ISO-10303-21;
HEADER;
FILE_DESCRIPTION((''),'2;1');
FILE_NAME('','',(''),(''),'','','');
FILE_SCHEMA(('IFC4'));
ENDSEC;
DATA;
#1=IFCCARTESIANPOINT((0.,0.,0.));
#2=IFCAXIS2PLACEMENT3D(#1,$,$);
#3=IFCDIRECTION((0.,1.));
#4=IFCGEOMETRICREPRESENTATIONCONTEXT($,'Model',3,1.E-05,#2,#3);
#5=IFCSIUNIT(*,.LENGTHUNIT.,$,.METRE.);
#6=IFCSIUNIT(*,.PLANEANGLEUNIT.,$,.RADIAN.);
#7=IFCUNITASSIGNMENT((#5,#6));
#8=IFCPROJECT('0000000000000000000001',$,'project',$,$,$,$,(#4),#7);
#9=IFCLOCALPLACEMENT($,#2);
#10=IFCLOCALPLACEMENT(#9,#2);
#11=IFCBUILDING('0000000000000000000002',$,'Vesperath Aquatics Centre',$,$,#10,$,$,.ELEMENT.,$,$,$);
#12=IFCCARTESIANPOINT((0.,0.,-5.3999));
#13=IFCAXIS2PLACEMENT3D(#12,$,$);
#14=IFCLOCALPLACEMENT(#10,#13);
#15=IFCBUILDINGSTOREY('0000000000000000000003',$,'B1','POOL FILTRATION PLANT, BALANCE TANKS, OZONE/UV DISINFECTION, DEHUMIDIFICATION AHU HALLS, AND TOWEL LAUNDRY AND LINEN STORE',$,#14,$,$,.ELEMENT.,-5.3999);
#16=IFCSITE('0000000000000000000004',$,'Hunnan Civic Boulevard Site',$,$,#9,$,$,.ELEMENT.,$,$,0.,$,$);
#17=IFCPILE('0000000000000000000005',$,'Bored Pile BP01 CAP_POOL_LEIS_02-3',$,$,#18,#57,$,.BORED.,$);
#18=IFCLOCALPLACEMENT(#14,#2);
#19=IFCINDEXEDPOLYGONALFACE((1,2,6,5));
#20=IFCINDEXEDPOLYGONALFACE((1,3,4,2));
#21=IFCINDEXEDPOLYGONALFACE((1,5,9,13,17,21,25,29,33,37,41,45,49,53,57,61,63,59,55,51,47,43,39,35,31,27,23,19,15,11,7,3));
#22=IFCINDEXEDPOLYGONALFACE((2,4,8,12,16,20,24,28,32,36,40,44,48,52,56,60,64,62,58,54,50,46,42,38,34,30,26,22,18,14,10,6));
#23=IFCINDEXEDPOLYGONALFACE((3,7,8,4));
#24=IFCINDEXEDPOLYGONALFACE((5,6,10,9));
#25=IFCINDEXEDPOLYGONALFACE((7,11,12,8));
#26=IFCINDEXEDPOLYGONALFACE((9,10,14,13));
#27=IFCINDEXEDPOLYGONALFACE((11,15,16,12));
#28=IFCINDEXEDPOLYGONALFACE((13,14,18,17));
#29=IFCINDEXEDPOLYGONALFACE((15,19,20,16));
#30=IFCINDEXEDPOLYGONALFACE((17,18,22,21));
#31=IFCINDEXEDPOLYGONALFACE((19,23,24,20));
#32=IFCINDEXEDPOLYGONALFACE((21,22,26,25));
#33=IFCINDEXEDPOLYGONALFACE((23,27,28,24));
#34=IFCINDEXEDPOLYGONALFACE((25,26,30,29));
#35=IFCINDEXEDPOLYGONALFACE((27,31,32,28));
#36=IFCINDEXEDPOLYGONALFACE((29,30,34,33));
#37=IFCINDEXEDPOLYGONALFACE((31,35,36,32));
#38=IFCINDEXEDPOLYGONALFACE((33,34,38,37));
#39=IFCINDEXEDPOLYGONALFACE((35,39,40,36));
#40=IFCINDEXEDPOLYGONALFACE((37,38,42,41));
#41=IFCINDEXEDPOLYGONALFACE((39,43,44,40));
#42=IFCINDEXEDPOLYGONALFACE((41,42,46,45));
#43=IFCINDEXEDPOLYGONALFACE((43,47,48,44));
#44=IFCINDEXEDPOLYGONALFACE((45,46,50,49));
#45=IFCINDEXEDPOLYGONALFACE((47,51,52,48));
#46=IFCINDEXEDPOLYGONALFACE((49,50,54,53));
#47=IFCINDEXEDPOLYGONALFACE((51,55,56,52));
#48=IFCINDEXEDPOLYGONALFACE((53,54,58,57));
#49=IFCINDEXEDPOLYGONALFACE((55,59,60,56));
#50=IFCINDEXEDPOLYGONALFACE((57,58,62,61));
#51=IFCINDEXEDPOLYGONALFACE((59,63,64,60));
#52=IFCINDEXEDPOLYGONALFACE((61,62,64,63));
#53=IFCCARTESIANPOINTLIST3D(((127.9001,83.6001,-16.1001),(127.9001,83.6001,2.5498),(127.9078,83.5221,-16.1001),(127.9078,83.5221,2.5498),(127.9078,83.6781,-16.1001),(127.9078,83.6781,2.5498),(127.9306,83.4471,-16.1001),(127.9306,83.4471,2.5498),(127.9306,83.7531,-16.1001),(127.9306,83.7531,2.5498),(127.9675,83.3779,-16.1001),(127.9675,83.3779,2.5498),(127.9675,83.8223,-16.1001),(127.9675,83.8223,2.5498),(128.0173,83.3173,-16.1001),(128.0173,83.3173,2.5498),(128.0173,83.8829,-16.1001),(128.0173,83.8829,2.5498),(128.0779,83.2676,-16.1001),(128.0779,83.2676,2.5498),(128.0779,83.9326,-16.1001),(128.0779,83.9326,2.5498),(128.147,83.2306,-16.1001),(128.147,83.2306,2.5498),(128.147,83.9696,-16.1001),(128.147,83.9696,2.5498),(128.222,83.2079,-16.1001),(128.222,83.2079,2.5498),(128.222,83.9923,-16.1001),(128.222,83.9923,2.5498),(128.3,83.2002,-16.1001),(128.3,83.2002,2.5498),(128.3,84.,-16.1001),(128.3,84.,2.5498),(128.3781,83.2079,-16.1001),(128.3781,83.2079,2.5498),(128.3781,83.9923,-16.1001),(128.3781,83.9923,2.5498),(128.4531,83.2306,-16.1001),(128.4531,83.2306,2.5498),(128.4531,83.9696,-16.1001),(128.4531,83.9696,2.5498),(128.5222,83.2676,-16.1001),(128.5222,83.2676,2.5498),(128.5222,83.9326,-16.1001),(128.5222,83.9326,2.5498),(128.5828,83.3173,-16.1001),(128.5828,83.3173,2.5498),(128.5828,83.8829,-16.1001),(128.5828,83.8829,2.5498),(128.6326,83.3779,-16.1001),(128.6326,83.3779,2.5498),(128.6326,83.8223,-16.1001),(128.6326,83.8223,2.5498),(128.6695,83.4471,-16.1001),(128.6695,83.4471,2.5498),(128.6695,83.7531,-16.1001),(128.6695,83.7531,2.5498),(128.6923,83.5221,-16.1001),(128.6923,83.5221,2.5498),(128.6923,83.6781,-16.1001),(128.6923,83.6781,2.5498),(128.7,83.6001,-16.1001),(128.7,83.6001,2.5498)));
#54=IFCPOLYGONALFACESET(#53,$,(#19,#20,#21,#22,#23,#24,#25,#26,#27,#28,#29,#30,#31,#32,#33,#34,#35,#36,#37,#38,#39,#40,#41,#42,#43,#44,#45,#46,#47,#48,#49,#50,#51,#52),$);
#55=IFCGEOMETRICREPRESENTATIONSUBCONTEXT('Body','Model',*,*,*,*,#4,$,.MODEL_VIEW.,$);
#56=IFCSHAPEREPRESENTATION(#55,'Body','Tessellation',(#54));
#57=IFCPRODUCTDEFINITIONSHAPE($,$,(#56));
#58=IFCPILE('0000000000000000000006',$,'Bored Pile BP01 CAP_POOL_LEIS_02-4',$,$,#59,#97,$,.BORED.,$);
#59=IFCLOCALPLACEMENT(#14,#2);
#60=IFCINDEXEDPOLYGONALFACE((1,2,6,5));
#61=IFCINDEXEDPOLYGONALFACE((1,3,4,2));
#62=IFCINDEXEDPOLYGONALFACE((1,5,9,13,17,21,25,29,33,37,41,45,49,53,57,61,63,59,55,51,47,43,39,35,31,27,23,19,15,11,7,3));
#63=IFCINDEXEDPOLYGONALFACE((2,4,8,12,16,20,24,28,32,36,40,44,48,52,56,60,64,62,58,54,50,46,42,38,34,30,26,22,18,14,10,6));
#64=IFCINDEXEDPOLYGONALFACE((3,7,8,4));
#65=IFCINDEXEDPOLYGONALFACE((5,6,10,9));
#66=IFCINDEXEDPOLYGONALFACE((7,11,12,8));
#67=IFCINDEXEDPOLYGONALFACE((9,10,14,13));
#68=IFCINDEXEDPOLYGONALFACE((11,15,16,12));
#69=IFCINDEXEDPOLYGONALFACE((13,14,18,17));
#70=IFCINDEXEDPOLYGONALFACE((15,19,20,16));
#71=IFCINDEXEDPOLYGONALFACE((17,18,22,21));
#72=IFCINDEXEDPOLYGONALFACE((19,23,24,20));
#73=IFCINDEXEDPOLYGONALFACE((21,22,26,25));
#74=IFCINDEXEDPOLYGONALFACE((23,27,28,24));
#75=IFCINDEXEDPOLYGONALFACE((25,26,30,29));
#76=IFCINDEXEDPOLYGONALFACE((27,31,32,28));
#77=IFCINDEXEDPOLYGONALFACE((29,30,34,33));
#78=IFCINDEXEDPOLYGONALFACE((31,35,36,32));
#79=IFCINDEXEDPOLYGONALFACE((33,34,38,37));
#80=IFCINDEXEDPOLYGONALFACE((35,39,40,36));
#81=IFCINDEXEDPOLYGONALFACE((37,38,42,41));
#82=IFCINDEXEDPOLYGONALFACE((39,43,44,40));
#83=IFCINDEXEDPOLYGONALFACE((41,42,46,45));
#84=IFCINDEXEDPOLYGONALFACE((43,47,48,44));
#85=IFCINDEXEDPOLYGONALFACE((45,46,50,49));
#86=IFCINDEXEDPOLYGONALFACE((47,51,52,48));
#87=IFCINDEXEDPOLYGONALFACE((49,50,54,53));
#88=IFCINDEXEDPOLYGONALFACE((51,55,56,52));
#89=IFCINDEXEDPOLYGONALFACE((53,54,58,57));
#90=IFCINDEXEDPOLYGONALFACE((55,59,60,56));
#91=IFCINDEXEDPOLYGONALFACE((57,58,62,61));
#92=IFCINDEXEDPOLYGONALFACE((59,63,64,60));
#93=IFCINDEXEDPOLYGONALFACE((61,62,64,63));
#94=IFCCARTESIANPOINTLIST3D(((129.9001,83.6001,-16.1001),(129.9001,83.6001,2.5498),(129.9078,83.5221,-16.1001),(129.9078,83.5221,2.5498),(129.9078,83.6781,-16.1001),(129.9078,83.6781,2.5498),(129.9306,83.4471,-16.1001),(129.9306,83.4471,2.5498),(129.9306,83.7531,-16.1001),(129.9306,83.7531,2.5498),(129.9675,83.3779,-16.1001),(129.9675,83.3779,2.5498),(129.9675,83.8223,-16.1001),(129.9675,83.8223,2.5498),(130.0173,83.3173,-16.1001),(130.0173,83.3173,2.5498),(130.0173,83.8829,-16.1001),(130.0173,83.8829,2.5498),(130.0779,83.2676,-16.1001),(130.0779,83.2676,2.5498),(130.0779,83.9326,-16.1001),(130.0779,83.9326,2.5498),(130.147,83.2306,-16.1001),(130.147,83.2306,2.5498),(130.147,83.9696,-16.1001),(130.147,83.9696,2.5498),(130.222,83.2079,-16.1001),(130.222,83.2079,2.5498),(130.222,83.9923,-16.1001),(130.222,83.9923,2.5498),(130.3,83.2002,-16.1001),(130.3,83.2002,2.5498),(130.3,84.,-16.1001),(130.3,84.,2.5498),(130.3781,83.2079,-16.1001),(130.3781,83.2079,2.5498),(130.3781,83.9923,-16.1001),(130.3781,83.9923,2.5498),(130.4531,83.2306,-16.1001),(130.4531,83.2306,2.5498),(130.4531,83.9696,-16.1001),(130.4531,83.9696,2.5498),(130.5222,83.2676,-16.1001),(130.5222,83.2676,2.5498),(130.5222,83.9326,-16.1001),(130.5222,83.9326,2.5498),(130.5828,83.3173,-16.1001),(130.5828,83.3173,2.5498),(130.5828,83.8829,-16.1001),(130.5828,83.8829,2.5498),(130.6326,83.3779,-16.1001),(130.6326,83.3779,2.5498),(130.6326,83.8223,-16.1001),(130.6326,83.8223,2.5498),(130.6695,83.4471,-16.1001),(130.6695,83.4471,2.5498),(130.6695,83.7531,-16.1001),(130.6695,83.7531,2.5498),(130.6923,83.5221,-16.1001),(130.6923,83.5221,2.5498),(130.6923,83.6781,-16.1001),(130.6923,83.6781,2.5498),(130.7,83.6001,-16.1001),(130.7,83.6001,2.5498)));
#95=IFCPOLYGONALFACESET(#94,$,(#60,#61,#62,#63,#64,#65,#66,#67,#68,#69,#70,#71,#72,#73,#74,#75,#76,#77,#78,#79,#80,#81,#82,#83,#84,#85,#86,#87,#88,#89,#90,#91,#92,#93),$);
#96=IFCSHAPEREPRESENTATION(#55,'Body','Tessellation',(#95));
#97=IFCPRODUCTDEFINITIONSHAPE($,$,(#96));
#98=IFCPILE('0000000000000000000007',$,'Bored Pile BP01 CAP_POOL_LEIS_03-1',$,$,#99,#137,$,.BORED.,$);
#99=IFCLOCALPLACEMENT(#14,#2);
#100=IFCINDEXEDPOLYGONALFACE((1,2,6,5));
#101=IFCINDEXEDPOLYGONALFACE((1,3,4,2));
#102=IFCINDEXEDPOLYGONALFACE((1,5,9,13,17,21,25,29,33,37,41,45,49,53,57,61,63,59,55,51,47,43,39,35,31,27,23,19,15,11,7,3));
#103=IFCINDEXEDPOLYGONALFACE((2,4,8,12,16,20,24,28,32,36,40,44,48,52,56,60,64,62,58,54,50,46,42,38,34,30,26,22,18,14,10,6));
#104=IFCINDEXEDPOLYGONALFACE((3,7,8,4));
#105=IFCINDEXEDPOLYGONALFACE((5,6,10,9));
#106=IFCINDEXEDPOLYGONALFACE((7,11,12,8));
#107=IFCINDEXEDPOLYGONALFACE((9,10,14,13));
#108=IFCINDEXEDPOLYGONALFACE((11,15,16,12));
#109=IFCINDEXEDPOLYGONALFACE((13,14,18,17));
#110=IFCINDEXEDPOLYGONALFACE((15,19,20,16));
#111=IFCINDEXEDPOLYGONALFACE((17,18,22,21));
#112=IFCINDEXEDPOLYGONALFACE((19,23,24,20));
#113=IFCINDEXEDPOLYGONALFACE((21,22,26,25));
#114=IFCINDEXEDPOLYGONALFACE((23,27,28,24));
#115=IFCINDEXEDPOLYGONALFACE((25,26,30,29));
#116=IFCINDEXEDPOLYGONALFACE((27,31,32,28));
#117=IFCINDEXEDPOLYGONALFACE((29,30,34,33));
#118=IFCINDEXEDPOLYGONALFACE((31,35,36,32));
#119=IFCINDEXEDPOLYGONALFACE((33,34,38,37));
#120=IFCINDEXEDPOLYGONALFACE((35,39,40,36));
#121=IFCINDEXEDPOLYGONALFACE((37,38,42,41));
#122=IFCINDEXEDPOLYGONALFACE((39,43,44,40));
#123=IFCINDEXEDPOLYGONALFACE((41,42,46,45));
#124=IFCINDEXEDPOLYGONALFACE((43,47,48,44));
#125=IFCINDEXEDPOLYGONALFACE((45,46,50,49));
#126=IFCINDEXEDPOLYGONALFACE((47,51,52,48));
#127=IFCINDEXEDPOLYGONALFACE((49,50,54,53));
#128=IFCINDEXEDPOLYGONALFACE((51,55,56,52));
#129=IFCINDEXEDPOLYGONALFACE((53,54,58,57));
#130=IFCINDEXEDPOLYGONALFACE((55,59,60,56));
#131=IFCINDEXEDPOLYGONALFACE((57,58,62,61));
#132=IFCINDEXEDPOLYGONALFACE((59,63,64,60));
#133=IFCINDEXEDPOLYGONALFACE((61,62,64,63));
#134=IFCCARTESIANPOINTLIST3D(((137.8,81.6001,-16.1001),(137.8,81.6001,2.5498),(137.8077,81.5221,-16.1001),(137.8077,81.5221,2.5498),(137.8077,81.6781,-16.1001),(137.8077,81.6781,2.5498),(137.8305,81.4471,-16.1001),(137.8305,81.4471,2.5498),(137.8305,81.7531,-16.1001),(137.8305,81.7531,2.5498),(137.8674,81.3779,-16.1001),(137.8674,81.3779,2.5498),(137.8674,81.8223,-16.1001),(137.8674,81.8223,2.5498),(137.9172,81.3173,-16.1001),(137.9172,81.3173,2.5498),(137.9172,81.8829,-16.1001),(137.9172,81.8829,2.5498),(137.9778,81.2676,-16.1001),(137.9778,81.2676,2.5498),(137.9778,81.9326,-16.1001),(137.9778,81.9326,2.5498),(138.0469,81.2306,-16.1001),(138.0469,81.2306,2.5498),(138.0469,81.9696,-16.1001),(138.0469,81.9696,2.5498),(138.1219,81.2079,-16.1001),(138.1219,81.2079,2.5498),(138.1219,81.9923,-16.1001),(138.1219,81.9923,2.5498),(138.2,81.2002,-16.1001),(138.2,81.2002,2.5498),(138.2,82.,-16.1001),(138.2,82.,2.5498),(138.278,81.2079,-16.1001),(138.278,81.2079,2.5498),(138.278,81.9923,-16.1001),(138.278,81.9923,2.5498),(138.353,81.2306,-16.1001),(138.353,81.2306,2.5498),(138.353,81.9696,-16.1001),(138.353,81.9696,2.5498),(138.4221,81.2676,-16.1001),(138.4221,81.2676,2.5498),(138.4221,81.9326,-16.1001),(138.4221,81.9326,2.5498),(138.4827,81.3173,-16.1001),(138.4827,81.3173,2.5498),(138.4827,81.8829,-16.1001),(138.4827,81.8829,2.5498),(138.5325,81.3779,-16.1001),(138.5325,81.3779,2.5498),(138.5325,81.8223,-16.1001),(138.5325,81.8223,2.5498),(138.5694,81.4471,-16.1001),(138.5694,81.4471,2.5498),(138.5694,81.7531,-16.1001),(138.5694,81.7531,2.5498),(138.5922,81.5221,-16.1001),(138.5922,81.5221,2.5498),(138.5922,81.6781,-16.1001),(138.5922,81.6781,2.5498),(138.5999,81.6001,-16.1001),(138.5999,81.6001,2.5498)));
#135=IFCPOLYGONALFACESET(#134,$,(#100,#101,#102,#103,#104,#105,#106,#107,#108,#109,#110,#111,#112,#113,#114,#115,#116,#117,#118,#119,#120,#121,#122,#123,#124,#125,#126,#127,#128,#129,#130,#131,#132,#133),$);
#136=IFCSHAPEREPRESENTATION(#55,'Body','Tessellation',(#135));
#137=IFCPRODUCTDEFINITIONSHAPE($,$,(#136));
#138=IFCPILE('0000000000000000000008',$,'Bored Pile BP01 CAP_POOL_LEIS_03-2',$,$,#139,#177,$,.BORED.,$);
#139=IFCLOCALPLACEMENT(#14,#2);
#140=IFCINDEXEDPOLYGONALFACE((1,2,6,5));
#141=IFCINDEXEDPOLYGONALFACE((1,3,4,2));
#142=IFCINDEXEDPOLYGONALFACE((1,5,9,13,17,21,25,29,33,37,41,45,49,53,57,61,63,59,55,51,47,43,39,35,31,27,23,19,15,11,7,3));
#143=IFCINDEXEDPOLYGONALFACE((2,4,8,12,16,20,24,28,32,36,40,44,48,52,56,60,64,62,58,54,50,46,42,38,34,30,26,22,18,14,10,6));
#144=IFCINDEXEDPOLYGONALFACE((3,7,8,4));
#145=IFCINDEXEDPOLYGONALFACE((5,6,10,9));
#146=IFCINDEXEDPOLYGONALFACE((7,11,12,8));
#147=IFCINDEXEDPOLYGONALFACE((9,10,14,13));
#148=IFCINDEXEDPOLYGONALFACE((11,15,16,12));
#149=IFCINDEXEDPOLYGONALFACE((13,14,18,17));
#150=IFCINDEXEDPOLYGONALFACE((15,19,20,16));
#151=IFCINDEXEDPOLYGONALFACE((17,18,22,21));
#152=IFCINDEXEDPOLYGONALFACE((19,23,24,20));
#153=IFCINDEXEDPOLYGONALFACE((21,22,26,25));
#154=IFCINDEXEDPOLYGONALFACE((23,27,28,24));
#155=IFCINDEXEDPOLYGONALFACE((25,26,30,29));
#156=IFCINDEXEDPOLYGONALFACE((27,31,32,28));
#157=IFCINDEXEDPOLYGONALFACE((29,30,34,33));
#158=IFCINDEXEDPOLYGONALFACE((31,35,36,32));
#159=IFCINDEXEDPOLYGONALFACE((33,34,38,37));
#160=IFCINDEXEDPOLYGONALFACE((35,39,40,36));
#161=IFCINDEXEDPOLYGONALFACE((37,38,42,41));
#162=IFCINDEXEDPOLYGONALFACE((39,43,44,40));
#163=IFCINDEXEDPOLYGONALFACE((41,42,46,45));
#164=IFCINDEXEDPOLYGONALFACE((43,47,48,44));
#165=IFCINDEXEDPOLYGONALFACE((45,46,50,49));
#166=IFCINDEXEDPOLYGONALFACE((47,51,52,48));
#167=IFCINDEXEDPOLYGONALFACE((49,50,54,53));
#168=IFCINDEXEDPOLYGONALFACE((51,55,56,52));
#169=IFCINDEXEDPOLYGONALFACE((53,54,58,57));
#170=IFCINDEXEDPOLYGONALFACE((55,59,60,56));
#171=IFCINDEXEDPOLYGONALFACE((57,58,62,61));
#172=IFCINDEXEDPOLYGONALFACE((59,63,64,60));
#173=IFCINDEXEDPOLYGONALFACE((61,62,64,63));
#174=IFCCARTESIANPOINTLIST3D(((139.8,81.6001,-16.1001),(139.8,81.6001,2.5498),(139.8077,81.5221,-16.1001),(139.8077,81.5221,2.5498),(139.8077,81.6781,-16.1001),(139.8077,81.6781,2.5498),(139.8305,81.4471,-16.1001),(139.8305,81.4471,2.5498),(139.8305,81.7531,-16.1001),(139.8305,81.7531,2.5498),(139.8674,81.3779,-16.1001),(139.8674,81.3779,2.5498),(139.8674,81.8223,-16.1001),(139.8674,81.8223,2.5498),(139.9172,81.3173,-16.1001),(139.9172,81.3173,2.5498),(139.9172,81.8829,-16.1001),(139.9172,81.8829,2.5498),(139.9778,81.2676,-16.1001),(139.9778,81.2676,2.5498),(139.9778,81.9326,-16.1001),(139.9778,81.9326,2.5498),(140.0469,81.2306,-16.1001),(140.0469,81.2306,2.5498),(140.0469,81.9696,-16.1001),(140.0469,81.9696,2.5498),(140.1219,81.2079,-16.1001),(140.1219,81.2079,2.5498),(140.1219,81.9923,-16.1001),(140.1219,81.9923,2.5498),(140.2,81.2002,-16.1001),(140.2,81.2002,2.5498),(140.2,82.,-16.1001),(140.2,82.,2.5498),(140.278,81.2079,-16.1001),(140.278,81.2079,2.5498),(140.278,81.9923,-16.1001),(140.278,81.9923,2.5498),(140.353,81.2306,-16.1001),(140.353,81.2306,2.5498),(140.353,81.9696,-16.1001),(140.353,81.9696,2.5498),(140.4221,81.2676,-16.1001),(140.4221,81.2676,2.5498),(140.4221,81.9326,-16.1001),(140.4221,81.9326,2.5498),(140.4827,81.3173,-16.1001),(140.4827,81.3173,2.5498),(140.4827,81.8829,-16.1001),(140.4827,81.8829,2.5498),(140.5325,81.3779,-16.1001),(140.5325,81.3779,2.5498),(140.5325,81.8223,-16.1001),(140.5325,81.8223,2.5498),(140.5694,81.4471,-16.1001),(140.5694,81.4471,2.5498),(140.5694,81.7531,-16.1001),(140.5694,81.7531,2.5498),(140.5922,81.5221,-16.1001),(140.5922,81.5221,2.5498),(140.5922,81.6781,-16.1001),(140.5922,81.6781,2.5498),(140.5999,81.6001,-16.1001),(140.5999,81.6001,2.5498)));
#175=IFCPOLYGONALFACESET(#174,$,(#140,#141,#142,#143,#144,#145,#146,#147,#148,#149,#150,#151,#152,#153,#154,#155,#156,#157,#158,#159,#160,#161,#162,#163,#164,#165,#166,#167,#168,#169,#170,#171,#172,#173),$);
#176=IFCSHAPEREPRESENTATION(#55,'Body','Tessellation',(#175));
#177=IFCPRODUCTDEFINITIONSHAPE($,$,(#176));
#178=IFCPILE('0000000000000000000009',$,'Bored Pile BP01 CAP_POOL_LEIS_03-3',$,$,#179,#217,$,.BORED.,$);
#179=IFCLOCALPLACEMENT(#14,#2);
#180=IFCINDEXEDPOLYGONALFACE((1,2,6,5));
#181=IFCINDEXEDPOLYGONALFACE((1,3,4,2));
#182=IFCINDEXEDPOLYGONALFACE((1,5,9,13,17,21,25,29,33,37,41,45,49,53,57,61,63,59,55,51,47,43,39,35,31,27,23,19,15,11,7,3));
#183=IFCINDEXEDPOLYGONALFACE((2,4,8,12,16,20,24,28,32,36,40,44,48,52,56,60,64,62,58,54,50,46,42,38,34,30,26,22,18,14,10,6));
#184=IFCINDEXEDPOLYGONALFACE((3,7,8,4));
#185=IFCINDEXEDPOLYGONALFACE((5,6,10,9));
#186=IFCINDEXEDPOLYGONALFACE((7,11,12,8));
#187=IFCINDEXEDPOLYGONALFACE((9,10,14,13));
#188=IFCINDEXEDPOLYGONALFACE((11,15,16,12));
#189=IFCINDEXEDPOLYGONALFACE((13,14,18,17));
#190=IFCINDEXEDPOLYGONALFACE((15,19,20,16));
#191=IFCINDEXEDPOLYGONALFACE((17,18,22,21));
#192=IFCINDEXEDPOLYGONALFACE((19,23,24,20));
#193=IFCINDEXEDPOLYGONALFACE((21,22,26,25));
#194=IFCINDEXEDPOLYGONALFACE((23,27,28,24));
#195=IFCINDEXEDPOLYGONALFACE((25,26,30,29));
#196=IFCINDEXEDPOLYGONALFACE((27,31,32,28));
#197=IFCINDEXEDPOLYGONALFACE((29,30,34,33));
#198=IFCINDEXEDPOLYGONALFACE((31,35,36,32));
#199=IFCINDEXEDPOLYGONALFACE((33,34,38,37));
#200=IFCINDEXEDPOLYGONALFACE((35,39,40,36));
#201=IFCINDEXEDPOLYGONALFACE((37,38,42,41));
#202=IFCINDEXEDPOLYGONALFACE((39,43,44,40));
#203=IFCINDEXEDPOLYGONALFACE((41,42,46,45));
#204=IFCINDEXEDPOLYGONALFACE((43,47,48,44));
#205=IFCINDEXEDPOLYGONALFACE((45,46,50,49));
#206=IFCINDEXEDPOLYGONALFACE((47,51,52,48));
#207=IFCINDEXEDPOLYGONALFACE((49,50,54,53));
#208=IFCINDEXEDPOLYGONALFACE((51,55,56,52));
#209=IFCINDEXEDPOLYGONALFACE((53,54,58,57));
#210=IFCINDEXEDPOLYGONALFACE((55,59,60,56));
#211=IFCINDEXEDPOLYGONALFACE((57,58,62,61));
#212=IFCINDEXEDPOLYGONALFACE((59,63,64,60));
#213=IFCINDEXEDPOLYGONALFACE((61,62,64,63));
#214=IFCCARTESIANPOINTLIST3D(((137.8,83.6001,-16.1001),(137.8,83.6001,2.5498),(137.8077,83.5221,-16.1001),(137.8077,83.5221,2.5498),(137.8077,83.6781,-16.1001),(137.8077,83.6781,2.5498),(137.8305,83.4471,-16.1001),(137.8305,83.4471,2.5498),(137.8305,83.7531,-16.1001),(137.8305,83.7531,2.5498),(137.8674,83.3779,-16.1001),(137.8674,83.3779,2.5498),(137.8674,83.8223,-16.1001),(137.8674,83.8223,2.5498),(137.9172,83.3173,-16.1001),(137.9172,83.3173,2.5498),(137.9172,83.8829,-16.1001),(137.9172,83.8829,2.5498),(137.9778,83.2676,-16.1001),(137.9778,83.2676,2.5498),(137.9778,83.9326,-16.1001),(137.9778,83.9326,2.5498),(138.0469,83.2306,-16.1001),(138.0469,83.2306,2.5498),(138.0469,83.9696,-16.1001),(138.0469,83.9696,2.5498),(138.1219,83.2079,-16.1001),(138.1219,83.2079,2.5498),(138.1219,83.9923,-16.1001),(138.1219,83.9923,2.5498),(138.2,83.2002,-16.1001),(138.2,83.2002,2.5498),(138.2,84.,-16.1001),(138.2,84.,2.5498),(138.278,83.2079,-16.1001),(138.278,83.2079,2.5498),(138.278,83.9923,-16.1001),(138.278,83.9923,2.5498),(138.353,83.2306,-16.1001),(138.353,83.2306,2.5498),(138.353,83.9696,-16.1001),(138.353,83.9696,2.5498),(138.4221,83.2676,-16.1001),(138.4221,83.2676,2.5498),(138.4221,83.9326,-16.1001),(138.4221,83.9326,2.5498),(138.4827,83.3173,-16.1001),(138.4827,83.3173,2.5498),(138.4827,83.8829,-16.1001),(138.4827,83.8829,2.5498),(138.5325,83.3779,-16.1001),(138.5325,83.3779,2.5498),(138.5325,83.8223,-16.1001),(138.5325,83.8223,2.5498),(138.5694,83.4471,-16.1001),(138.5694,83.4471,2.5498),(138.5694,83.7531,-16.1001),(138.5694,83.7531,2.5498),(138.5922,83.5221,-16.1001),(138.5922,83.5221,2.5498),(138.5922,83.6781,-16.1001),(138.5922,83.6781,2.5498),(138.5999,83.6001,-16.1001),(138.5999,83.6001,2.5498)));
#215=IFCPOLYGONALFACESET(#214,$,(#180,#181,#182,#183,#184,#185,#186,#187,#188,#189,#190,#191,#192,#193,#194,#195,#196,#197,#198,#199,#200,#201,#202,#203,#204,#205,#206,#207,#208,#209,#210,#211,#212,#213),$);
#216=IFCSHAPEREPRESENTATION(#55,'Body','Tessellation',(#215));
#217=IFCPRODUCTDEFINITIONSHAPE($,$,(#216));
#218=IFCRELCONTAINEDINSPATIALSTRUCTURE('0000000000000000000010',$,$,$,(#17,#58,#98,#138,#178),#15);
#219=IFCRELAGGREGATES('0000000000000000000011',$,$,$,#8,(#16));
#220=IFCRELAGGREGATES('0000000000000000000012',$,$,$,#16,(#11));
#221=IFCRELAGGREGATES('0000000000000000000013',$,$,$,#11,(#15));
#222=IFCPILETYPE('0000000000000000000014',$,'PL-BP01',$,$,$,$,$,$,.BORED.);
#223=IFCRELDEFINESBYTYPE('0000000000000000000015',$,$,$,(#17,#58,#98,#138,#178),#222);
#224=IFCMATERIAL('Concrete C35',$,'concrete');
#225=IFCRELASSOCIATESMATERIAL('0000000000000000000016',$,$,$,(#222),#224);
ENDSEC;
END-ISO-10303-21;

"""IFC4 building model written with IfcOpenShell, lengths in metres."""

from ifc_helpers import new_model, si_unit, direction, frame, origin, origin_2d, place, context, subcontext, project, spatial, circle, extrude, material, material_profile, profile_set, type_object, element, save


model = new_model("IFC4")

# Units and contexts
model_context = context("Model", 3, precision=1e-05, world=origin(), true_north=direction((0.0, 1.0)))
body_context = subcontext(model_context, "Body", "Model", "MODEL_VIEW")
ifc_project = project(units=[si_unit("LENGTHUNIT", "METRE"), si_unit("PLANEANGLEUNIT", "RADIAN")], contexts=[model_context])

# Site, building, storey
site_placement = place(None, origin())
site = spatial("IfcSite", under=ifc_project, at=site_placement, Name="Hunnan Civic Boulevard Site", CompositionType="ELEMENT", RefElevation=0.0)
building_placement = place(site_placement, origin())
building = spatial("IfcBuilding", under=site, at=building_placement, Name="Vesperath Aquatics Centre", CompositionType="ELEMENT")
storey_placement = place(building_placement, frame((0.0, 0.0, -5.3999)))
storey = spatial("IfcBuildingStorey", under=building, at=storey_placement, Name="B1", Description="POOL FILTRATION PLANT, BALANCE TANKS, OZONE/UV DISINFECTION, DEHUMIDIFICATION AHU HALLS, AND TOWEL LAUNDRY AND LINEN STORE", CompositionType="ELEMENT", Elevation=-5.3999)

# Piles
ifc_material_1 = material(Name="Concrete C35", Category="concrete")
ifc_material_profile_1 = material_profile(ifc_material_1, circle(Radius=0.3999, at=origin_2d()), Name="PILE D800")
ifc_profile_set_1 = profile_set([ifc_material_profile_1], Name="Concrete C35")
pile_type = type_object("IfcPileType", Name="PL-BP01", PredefinedType="BORED", material=ifc_profile_set_1)
for number, where, z_axis, x_axis, name in (
    (1, (128.3, 83.6001, 2.5498), (0.0, 0.0, -1.0), (1.0, 0.0, 0.0), "Bored Pile BP01 CAP_POOL_LEIS_02-3"),
    (2, (130.3, 83.6001, 2.5498), (0.0, 0.0, -1.0), (1.0, 0.0, 0.0), "Bored Pile BP01 CAP_POOL_LEIS_02-4"),
    (3, (138.2, 81.6001, 2.5498), (0.0, 0.0, -1.0), (1.0, 0.0, 0.0), "Bored Pile BP01 CAP_POOL_LEIS_03-1"),
    (4, (140.2, 81.6001, 2.5498), (0.0, 0.0, -1.0), (1.0, 0.0, 0.0), "Bored Pile BP01 CAP_POOL_LEIS_03-2"),
    (5, (138.2, 83.6001, 2.5498), (0.0, 0.0, -1.0), (1.0, 0.0, 0.0), "Bored Pile BP01 CAP_POOL_LEIS_03-3"),
):
    element("IfcPile", number, at=place(storey_placement, frame(where, z_axis=z_axis, x_axis=x_axis)), inside=storey, type_object=pile_type, Name=name, PredefinedType="BORED", context=body_context, shape_type="SweptSolid", body=[
        extrude(circle(Radius=0.3999, at=origin_2d()), origin(), (0.0, 0.0, 1.0), 18.6499),
    ])

save(model, "model.ifc")
